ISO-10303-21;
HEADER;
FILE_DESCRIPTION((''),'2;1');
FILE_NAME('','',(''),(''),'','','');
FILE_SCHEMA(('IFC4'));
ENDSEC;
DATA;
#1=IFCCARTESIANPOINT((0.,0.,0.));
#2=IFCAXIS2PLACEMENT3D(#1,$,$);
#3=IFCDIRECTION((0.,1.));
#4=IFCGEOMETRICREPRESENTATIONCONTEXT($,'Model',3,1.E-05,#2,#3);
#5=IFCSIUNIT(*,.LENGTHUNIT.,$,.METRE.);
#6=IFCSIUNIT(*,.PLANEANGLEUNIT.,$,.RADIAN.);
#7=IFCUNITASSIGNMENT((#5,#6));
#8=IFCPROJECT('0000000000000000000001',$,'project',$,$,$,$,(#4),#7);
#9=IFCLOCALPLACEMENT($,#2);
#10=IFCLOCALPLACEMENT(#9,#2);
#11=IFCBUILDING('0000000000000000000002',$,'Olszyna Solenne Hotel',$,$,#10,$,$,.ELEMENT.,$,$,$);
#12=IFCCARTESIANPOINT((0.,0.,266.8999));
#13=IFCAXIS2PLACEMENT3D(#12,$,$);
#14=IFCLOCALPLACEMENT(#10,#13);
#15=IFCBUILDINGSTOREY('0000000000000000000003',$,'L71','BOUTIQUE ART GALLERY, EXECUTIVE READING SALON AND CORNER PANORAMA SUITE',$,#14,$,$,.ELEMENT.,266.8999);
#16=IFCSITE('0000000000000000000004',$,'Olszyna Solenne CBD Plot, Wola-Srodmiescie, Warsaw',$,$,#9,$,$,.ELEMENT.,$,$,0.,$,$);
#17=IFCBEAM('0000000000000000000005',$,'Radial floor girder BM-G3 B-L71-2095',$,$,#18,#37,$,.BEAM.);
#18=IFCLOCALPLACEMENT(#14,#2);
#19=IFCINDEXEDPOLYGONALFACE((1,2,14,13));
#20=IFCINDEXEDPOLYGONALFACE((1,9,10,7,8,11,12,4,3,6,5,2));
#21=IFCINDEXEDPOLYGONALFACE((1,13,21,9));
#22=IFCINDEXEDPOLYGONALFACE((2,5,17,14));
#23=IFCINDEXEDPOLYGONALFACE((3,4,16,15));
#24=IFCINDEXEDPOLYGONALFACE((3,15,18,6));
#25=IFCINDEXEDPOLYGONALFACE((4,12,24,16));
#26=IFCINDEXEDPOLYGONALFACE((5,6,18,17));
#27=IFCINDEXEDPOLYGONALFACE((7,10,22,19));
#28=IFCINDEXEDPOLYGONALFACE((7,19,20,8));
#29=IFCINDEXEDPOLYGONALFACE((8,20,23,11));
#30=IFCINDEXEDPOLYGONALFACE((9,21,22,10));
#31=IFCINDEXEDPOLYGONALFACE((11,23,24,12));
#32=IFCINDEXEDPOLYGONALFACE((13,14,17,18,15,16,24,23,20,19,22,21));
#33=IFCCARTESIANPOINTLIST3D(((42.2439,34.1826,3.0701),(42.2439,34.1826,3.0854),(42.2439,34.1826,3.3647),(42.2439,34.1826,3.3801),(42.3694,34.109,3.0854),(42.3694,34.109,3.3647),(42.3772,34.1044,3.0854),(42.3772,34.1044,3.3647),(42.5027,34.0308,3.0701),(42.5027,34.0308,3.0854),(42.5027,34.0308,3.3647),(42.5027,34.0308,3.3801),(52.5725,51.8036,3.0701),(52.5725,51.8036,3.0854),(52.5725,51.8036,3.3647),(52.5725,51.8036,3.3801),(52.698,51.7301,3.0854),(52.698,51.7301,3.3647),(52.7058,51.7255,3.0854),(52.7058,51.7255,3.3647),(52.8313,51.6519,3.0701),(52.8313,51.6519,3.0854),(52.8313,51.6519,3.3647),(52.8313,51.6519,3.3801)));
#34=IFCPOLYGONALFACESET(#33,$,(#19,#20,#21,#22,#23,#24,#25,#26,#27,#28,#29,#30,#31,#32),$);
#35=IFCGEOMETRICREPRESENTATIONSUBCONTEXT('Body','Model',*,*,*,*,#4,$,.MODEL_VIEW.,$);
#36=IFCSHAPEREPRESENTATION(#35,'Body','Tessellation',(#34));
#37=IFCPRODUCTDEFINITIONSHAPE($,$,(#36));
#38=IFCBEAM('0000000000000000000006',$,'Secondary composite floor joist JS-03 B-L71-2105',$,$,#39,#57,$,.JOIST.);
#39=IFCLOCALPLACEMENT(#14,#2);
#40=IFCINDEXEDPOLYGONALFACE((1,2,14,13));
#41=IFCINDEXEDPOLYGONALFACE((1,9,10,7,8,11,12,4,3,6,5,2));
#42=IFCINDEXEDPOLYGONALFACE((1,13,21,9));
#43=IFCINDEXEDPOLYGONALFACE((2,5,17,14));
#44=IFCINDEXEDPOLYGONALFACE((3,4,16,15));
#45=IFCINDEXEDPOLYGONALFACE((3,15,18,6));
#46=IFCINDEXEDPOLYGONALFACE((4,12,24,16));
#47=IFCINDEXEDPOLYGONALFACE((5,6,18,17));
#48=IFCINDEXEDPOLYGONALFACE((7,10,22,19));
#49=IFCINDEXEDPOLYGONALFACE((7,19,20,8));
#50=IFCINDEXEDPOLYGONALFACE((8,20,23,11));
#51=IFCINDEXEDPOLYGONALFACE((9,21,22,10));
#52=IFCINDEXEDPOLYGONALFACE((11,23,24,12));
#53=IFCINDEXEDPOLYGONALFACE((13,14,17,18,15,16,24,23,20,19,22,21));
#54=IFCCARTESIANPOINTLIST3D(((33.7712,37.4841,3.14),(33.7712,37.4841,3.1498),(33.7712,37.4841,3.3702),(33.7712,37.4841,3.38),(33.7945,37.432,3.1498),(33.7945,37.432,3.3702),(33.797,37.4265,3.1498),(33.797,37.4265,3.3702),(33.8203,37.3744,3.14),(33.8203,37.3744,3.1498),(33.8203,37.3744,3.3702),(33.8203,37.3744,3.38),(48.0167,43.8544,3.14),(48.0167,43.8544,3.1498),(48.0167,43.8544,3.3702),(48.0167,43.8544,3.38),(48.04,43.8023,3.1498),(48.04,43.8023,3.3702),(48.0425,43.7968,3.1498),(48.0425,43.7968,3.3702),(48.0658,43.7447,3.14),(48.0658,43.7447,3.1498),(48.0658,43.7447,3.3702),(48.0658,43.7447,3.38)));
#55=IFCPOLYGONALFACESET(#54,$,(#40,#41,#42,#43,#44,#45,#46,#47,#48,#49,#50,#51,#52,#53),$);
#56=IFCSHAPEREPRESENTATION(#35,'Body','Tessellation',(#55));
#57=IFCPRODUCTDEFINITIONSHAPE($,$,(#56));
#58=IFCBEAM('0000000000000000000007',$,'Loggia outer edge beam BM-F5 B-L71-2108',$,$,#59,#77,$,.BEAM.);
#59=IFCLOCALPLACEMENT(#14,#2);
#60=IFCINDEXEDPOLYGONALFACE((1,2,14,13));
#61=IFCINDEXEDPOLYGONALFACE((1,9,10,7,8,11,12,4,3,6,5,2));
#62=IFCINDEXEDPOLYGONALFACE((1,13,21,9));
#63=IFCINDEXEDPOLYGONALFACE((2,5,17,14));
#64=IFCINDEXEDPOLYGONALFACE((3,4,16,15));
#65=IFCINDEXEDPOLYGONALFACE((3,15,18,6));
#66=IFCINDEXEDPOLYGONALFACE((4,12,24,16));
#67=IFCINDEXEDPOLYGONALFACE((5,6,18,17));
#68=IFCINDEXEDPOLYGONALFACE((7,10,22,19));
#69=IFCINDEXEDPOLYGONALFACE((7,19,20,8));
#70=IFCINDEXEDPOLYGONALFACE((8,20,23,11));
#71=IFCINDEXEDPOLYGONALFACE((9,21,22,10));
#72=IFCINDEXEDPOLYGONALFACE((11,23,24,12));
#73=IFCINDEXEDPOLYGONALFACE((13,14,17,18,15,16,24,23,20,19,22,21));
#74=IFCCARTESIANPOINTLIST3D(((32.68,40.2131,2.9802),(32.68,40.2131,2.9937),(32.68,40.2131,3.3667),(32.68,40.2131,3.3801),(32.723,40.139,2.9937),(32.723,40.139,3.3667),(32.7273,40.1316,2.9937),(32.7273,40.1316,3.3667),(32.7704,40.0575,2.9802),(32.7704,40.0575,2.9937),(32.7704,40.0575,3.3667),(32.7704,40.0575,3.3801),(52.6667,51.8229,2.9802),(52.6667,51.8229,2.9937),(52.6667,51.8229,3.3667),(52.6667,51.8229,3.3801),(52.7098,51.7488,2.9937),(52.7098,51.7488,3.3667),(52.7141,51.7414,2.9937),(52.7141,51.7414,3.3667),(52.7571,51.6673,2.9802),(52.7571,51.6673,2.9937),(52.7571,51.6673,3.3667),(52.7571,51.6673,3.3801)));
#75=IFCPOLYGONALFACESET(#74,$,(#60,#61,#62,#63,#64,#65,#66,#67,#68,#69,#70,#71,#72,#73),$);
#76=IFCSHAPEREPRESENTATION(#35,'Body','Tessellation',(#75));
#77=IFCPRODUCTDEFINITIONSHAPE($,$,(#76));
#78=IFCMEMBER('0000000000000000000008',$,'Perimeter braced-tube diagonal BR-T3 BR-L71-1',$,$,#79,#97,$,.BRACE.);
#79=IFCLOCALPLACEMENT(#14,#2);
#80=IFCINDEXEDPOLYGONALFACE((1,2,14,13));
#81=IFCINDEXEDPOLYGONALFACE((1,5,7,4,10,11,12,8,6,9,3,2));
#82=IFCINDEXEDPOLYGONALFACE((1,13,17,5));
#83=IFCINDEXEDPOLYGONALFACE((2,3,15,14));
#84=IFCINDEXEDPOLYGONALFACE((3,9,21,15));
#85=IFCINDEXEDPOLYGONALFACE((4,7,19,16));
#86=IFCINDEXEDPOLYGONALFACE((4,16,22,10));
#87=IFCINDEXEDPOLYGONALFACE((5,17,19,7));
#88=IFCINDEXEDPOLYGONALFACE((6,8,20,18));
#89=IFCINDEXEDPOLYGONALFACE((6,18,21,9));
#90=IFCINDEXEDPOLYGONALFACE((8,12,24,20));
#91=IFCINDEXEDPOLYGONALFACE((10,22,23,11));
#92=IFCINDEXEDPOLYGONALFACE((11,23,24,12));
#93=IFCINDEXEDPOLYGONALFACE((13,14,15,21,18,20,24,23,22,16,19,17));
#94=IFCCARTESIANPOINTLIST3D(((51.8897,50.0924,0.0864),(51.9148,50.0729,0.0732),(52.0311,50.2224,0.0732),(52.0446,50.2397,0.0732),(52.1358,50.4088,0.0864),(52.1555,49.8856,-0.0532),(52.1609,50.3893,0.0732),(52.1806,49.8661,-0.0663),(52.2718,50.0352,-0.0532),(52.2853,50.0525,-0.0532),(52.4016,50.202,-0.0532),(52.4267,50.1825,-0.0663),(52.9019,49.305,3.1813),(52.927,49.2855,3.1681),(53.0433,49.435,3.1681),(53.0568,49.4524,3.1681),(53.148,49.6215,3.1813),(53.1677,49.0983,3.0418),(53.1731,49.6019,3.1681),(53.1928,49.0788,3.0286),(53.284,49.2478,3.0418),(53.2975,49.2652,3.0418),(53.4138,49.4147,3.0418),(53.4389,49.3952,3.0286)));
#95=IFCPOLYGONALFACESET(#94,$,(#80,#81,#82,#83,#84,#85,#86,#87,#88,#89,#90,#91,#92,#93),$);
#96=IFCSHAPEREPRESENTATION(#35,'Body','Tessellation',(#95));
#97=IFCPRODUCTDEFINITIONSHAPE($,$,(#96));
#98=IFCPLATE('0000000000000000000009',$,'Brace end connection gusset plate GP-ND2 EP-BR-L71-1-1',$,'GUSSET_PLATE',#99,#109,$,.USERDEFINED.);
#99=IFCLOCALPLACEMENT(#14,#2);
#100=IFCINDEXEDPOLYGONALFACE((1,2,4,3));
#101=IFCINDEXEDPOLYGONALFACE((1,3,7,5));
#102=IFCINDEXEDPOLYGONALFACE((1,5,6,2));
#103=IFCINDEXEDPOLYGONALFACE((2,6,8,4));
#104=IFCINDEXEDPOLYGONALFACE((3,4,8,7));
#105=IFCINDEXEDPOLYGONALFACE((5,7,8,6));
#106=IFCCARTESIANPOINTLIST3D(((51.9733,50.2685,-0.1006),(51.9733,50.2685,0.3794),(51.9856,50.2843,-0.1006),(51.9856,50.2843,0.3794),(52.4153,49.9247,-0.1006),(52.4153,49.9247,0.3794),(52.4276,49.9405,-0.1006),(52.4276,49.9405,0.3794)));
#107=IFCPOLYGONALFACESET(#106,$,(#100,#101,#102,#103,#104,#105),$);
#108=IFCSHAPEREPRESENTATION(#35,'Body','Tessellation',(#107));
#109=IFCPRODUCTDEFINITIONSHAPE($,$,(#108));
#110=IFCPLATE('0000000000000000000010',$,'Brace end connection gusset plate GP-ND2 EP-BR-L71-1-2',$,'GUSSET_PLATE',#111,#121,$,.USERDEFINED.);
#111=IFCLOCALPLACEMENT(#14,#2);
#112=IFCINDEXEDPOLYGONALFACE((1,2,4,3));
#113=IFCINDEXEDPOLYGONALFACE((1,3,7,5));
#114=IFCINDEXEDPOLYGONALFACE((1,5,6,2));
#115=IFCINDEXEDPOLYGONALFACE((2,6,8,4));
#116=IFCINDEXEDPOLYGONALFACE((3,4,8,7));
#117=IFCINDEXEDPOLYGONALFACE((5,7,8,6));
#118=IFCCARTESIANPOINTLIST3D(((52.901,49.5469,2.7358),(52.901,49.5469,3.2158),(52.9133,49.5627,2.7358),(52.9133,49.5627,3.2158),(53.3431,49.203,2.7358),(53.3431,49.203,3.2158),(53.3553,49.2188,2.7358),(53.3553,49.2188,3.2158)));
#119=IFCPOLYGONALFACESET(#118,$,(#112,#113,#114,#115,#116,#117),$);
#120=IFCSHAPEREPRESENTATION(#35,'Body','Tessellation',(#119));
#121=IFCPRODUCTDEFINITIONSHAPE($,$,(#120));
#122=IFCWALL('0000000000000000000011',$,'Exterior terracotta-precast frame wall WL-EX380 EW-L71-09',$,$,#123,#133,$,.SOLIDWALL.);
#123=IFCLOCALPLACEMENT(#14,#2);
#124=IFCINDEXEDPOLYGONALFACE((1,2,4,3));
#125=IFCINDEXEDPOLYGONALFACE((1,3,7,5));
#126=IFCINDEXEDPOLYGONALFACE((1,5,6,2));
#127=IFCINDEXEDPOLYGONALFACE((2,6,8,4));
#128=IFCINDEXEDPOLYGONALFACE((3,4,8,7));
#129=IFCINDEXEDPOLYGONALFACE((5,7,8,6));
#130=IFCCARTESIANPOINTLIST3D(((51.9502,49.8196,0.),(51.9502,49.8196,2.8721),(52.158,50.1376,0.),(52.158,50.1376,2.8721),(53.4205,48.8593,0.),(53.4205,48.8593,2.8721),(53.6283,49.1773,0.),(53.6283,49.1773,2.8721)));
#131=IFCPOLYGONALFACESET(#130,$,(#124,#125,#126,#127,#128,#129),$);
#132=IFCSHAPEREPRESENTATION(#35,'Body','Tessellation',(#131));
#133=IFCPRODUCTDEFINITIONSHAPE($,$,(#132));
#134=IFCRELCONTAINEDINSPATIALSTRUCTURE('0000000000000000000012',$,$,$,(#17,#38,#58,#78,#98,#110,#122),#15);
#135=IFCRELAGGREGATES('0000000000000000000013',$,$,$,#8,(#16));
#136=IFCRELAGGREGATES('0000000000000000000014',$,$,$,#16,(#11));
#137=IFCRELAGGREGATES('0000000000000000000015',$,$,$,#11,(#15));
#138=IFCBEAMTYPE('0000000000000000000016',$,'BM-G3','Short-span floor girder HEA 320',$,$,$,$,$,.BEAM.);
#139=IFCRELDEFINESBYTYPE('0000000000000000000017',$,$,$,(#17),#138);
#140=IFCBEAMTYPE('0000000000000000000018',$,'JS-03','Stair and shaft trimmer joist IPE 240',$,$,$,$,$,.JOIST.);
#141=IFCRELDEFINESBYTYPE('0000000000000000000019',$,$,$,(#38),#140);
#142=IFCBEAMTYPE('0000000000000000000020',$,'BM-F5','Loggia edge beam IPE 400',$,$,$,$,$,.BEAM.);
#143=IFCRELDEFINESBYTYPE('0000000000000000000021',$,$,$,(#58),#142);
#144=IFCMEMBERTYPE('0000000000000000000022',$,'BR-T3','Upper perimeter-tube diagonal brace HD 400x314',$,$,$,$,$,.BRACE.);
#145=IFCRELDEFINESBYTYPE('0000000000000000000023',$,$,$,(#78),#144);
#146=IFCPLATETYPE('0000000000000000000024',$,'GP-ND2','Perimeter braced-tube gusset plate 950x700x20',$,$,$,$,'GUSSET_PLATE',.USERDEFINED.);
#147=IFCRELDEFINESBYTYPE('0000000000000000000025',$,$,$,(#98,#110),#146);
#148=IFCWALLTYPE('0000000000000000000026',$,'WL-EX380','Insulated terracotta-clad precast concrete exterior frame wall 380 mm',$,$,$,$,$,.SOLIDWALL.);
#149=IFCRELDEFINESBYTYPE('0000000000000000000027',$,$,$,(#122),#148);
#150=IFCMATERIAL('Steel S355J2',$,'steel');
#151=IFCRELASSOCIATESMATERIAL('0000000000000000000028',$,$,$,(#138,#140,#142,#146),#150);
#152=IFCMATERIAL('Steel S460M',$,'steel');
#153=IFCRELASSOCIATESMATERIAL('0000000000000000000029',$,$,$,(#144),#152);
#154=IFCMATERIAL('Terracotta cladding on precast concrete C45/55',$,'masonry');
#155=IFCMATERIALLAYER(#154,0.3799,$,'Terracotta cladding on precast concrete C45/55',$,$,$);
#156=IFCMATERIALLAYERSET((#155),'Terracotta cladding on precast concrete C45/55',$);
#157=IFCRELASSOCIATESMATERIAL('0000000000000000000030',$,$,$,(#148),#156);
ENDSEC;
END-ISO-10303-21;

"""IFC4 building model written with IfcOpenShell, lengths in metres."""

from ifc_helpers import new_model, si_unit, direction, frame, frame_2d, origin, origin_2d, place, context, subcontext, project, spatial, rectangle, i_section, extrude, source, transform, mapped, material, layer, layer_set, material_profile, profile_set, type_object, element, save


model = new_model("IFC4")

# Units and contexts
model_context = context("Model", 3, precision=1e-05, world=origin(), true_north=direction((0.0, 1.0)))
body_context = subcontext(model_context, "Body", "Model", "MODEL_VIEW")
ifc_project = project(units=[si_unit("LENGTHUNIT", "METRE"), si_unit("PLANEANGLEUNIT", "RADIAN")], contexts=[model_context])

# Site, building, storey
site_placement = place(None, origin())
site = spatial("IfcSite", under=ifc_project, at=site_placement, Name="Olszyna Solenne CBD Plot, Wola-Srodmiescie, Warsaw", CompositionType="ELEMENT", RefElevation=0.0)
building_placement = place(site_placement, origin())
building = spatial("IfcBuilding", under=site, at=building_placement, Name="Olszyna Solenne Hotel", CompositionType="ELEMENT")
storey_placement = place(building_placement, frame((0.0, 0.0, 266.8999)))
storey = spatial("IfcBuildingStorey", under=building, at=storey_placement, Name="L71", Description="BOUTIQUE ART GALLERY, EXECUTIVE READING SALON AND CORNER PANORAMA SUITE", CompositionType="ELEMENT", Elevation=266.8999)

# Shared definitions
ifc_material_1 = material(Name="Steel S460M", Category="steel")

# Beams
ifc_material_2 = material(Name="Steel S355J2", Category="steel")
ifc_material_profile_1 = material_profile(ifc_material_2, i_section(OverallWidth=0.3, OverallDepth=0.3101, WebThickness=0.009, FlangeThickness=0.0154, at=origin_2d()), Name="HEA 320", Category="load-bearing")
ifc_profile_set_1 = profile_set([ifc_material_profile_1], Name="Steel S355J2")
beam_type_1 = type_object("IfcBeamType", Name="BM-G3", Description="Short-span floor girder HEA 320", PredefinedType="BEAM", material=ifc_profile_set_1)
shared_shape_1 = source(origin(), body_context, "Body", "SweptSolid", [
    extrude(i_section(OverallWidth=0.3, OverallDepth=0.3101, WebThickness=0.009, FlangeThickness=0.0154, at=origin_2d()), origin(), (0.0, 0.0, 1.0), 20.425),
])
beam_1_placement = place(storey_placement, frame((52.7019, 51.7278, 3.2251), z_axis=(-0.505683, -0.862719, 0.0), x_axis=(0.862719, -0.505683, 0.0)))
element("IfcBeam", 1, at=beam_1_placement, inside=storey, type_object=beam_type_1, Name="Radial floor girder BM-G3 B-L71-2095", PredefinedType="BEAM", context=body_context, shape_type="MappedRepresentation", body=[
    mapped(shared_shape_1, transform((0.0, 0.0, 0.0), x_axis=(1.0, 0.0, 0.0), y_axis=(0.0, 1.0, 0.0), z_axis=(0.0, 0.0, 1.0), scale=1.0)),
])
ifc_material_profile_2 = material_profile(ifc_material_2, i_section(OverallWidth=0.1201, OverallDepth=0.24, WebThickness=0.0061, FlangeThickness=0.0098, at=origin_2d()), Name="IPE 240", Category="load-bearing")
ifc_profile_set_2 = profile_set([ifc_material_profile_2], Name="Steel S355J2")
beam_type_2 = type_object("IfcBeamType", Name="JS-03", Description="Stair and shaft trimmer joist IPE 240", PredefinedType="JOIST", material=ifc_profile_set_2)
shared_shape_2 = source(origin(), body_context, "Body", "SweptSolid", [
    extrude(i_section(OverallWidth=0.1201, OverallDepth=0.24, WebThickness=0.0061, FlangeThickness=0.0098, at=origin_2d()), origin(), (0.0, 0.0, 1.0), 15.605),
])
beam_2_placement = place(storey_placement, frame((48.0413, 43.7996, 3.26), z_axis=(-0.912882, -0.408223, 0.0), x_axis=(0.408223, -0.912882, 0.0)))
element("IfcBeam", 2, at=beam_2_placement, inside=storey, type_object=beam_type_2, Name="Secondary composite floor joist JS-03 B-L71-2105", PredefinedType="JOIST", context=body_context, shape_type="MappedRepresentation", body=[
    mapped(shared_shape_2, transform((0.0, 0.0, 0.0), x_axis=(1.0, 0.0, 0.0), y_axis=(0.0, 1.0, 0.0), z_axis=(0.0, 0.0, 1.0), scale=1.0)),
])
ifc_material_profile_3 = material_profile(ifc_material_2, i_section(OverallWidth=0.1799, OverallDepth=0.3999, WebThickness=0.0085, FlangeThickness=0.0134, at=origin_2d()), Name="IPE 400", Category="load-bearing")
ifc_profile_set_3 = profile_set([ifc_material_profile_3], Name="Steel S355J2")
beam_type_3 = type_object("IfcBeamType", Name="BM-F5", Description="Loggia edge beam IPE 400", PredefinedType="BEAM", material=ifc_profile_set_3)
shared_shape_3 = source(origin(), body_context, "Body", "SweptSolid", [
    extrude(i_section(OverallWidth=0.1799, OverallDepth=0.3999, WebThickness=0.0085, FlangeThickness=0.0134, at=origin_2d()), origin(), (0.0, 0.0, 1.0), 23.114),
])
beam_3_placement = place(storey_placement, frame((52.7119, 51.7451, 3.1802), z_axis=(-0.864702, -0.502285, 0.0), x_axis=(0.502285, -0.864702, 0.0)))
element("IfcBeam", 3, at=beam_3_placement, inside=storey, type_object=beam_type_3, Name="Loggia outer edge beam BM-F5 B-L71-2108", PredefinedType="BEAM", context=body_context, shape_type="MappedRepresentation", body=[
    mapped(shared_shape_3, transform((0.0, 0.0, 0.0), x_axis=(1.0, 0.0, 0.0), y_axis=(0.0, 1.0, 0.0), z_axis=(0.0, 0.0, 1.0), scale=1.0)),
])

# Member
ifc_material_profile_4 = material_profile(ifc_material_1, i_section(OverallWidth=0.4009, OverallDepth=0.3989, WebThickness=0.022, FlangeThickness=0.0344, at=origin_2d()), Name="HD 400x314", Category="load-bearing")
ifc_profile_set_4 = profile_set([ifc_material_profile_4], Name="Steel S460M")
member_type = type_object("IfcMemberType", Name="BR-T3", Description="Upper perimeter-tube diagonal brace HD 400x314", PredefinedType="BRACE", material=ifc_profile_set_4)
shared_shape_4 = source(origin(), body_context, "Body", "SweptSolid", [
    extrude(i_section(OverallWidth=0.4009, OverallDepth=0.3989, WebThickness=0.022, FlangeThickness=0.0344, at=origin_2d()), origin(), (0.0, 0.0, 1.0), 3.3501),
])
member_placement = place(storey_placement, frame((52.1582, 50.1375, 0.01), z_axis=(0.30214, -0.235022, 0.923838), x_axis=(0.61398, 0.789321, 0.0)))
element("IfcMember", 4, at=member_placement, inside=storey, type_object=member_type, Name="Perimeter braced-tube diagonal BR-T3 BR-L71-1", PredefinedType="BRACE", context=body_context, shape_type="MappedRepresentation", body=[
    mapped(shared_shape_4, transform((0.0, 0.0, 0.0), x_axis=(1.0, 0.0, 0.0), y_axis=(0.0, 1.0, 0.0), z_axis=(0.0, 0.0, 1.0), scale=1.0)),
])

# Plates
plate_type = type_object("IfcPlateType", Name="GP-ND2", Description="Perimeter braced-tube gusset plate 950x700x20", ElementType="GUSSET_PLATE", PredefinedType="USERDEFINED", material=ifc_material_2)
shared_shape_5 = source(origin(), body_context, "Body", "SweptSolid", [
    extrude(rectangle(XDim=0.5601, YDim=0.02, at=origin_2d()), origin(), (0.0, 0.0, 1.0), 0.48),
])
for number, where, z_axis, x_axis, name in (
    (5, (52.2004, 50.1045, -0.1006), (0.0, 0.0, 1.0), (0.789298, -0.61401, 0.0), "Brace end connection gusset plate GP-ND2 EP-BR-L71-1-1"),
    (6, (53.1282, 49.3828, 2.7358), (0.0, 0.0, 1.0), (0.789298, -0.61401, 0.0), "Brace end connection gusset plate GP-ND2 EP-BR-L71-1-2"),
):
    element("IfcPlate", number, at=place(storey_placement, frame(where, z_axis=z_axis, x_axis=x_axis)), inside=storey, type_object=plate_type, Name=name, ObjectType="GUSSET_PLATE", PredefinedType="USERDEFINED", context=body_context, shape_type="MappedRepresentation", body=[
        mapped(shared_shape_5, transform((0.0, 0.0, 0.0), x_axis=(1.0, 0.0, 0.0), y_axis=(0.0, 1.0, 0.0), z_axis=(0.0, 0.0, 1.0), scale=1.0)),
    ])

# Wall
ifc_material_3 = material(Name="Terracotta cladding on precast concrete C45/55", Category="masonry")
ifc_layer_1 = layer(ifc_material_3, 0.3799, Name="Terracotta cladding on precast concrete C45/55")
ifc_layer_set_1 = layer_set([ifc_layer_1], Name="Terracotta cladding on precast concrete C45/55")
wall_type_1 = type_object("IfcWallType", Name="WL-EX380", Description="Insulated terracotta-clad precast concrete exterior frame wall 380 mm", PredefinedType="SOLIDWALL", material=ifc_layer_set_1)
wall_1_placement = place(storey_placement, frame((52.0542, 49.9785, 0.0), z_axis=(0.0, 0.0, 1.0), x_axis=(0.837254, -0.546815, 0.0)))
element("IfcWall", 7, at=wall_1_placement, inside=storey, type_object=wall_type_1, Name="Exterior terracotta-precast frame wall WL-EX380 EW-L71-09", PredefinedType="SOLIDWALL", context=body_context, shape_type="SweptSolid", body=[
    extrude(rectangle(XDim=1.7561, YDim=0.3799, at=frame_2d((0.8779, 0.0))), origin(), (0.0, 0.0, 1.0), 2.8721),
])

save(model, "model.ifc")
